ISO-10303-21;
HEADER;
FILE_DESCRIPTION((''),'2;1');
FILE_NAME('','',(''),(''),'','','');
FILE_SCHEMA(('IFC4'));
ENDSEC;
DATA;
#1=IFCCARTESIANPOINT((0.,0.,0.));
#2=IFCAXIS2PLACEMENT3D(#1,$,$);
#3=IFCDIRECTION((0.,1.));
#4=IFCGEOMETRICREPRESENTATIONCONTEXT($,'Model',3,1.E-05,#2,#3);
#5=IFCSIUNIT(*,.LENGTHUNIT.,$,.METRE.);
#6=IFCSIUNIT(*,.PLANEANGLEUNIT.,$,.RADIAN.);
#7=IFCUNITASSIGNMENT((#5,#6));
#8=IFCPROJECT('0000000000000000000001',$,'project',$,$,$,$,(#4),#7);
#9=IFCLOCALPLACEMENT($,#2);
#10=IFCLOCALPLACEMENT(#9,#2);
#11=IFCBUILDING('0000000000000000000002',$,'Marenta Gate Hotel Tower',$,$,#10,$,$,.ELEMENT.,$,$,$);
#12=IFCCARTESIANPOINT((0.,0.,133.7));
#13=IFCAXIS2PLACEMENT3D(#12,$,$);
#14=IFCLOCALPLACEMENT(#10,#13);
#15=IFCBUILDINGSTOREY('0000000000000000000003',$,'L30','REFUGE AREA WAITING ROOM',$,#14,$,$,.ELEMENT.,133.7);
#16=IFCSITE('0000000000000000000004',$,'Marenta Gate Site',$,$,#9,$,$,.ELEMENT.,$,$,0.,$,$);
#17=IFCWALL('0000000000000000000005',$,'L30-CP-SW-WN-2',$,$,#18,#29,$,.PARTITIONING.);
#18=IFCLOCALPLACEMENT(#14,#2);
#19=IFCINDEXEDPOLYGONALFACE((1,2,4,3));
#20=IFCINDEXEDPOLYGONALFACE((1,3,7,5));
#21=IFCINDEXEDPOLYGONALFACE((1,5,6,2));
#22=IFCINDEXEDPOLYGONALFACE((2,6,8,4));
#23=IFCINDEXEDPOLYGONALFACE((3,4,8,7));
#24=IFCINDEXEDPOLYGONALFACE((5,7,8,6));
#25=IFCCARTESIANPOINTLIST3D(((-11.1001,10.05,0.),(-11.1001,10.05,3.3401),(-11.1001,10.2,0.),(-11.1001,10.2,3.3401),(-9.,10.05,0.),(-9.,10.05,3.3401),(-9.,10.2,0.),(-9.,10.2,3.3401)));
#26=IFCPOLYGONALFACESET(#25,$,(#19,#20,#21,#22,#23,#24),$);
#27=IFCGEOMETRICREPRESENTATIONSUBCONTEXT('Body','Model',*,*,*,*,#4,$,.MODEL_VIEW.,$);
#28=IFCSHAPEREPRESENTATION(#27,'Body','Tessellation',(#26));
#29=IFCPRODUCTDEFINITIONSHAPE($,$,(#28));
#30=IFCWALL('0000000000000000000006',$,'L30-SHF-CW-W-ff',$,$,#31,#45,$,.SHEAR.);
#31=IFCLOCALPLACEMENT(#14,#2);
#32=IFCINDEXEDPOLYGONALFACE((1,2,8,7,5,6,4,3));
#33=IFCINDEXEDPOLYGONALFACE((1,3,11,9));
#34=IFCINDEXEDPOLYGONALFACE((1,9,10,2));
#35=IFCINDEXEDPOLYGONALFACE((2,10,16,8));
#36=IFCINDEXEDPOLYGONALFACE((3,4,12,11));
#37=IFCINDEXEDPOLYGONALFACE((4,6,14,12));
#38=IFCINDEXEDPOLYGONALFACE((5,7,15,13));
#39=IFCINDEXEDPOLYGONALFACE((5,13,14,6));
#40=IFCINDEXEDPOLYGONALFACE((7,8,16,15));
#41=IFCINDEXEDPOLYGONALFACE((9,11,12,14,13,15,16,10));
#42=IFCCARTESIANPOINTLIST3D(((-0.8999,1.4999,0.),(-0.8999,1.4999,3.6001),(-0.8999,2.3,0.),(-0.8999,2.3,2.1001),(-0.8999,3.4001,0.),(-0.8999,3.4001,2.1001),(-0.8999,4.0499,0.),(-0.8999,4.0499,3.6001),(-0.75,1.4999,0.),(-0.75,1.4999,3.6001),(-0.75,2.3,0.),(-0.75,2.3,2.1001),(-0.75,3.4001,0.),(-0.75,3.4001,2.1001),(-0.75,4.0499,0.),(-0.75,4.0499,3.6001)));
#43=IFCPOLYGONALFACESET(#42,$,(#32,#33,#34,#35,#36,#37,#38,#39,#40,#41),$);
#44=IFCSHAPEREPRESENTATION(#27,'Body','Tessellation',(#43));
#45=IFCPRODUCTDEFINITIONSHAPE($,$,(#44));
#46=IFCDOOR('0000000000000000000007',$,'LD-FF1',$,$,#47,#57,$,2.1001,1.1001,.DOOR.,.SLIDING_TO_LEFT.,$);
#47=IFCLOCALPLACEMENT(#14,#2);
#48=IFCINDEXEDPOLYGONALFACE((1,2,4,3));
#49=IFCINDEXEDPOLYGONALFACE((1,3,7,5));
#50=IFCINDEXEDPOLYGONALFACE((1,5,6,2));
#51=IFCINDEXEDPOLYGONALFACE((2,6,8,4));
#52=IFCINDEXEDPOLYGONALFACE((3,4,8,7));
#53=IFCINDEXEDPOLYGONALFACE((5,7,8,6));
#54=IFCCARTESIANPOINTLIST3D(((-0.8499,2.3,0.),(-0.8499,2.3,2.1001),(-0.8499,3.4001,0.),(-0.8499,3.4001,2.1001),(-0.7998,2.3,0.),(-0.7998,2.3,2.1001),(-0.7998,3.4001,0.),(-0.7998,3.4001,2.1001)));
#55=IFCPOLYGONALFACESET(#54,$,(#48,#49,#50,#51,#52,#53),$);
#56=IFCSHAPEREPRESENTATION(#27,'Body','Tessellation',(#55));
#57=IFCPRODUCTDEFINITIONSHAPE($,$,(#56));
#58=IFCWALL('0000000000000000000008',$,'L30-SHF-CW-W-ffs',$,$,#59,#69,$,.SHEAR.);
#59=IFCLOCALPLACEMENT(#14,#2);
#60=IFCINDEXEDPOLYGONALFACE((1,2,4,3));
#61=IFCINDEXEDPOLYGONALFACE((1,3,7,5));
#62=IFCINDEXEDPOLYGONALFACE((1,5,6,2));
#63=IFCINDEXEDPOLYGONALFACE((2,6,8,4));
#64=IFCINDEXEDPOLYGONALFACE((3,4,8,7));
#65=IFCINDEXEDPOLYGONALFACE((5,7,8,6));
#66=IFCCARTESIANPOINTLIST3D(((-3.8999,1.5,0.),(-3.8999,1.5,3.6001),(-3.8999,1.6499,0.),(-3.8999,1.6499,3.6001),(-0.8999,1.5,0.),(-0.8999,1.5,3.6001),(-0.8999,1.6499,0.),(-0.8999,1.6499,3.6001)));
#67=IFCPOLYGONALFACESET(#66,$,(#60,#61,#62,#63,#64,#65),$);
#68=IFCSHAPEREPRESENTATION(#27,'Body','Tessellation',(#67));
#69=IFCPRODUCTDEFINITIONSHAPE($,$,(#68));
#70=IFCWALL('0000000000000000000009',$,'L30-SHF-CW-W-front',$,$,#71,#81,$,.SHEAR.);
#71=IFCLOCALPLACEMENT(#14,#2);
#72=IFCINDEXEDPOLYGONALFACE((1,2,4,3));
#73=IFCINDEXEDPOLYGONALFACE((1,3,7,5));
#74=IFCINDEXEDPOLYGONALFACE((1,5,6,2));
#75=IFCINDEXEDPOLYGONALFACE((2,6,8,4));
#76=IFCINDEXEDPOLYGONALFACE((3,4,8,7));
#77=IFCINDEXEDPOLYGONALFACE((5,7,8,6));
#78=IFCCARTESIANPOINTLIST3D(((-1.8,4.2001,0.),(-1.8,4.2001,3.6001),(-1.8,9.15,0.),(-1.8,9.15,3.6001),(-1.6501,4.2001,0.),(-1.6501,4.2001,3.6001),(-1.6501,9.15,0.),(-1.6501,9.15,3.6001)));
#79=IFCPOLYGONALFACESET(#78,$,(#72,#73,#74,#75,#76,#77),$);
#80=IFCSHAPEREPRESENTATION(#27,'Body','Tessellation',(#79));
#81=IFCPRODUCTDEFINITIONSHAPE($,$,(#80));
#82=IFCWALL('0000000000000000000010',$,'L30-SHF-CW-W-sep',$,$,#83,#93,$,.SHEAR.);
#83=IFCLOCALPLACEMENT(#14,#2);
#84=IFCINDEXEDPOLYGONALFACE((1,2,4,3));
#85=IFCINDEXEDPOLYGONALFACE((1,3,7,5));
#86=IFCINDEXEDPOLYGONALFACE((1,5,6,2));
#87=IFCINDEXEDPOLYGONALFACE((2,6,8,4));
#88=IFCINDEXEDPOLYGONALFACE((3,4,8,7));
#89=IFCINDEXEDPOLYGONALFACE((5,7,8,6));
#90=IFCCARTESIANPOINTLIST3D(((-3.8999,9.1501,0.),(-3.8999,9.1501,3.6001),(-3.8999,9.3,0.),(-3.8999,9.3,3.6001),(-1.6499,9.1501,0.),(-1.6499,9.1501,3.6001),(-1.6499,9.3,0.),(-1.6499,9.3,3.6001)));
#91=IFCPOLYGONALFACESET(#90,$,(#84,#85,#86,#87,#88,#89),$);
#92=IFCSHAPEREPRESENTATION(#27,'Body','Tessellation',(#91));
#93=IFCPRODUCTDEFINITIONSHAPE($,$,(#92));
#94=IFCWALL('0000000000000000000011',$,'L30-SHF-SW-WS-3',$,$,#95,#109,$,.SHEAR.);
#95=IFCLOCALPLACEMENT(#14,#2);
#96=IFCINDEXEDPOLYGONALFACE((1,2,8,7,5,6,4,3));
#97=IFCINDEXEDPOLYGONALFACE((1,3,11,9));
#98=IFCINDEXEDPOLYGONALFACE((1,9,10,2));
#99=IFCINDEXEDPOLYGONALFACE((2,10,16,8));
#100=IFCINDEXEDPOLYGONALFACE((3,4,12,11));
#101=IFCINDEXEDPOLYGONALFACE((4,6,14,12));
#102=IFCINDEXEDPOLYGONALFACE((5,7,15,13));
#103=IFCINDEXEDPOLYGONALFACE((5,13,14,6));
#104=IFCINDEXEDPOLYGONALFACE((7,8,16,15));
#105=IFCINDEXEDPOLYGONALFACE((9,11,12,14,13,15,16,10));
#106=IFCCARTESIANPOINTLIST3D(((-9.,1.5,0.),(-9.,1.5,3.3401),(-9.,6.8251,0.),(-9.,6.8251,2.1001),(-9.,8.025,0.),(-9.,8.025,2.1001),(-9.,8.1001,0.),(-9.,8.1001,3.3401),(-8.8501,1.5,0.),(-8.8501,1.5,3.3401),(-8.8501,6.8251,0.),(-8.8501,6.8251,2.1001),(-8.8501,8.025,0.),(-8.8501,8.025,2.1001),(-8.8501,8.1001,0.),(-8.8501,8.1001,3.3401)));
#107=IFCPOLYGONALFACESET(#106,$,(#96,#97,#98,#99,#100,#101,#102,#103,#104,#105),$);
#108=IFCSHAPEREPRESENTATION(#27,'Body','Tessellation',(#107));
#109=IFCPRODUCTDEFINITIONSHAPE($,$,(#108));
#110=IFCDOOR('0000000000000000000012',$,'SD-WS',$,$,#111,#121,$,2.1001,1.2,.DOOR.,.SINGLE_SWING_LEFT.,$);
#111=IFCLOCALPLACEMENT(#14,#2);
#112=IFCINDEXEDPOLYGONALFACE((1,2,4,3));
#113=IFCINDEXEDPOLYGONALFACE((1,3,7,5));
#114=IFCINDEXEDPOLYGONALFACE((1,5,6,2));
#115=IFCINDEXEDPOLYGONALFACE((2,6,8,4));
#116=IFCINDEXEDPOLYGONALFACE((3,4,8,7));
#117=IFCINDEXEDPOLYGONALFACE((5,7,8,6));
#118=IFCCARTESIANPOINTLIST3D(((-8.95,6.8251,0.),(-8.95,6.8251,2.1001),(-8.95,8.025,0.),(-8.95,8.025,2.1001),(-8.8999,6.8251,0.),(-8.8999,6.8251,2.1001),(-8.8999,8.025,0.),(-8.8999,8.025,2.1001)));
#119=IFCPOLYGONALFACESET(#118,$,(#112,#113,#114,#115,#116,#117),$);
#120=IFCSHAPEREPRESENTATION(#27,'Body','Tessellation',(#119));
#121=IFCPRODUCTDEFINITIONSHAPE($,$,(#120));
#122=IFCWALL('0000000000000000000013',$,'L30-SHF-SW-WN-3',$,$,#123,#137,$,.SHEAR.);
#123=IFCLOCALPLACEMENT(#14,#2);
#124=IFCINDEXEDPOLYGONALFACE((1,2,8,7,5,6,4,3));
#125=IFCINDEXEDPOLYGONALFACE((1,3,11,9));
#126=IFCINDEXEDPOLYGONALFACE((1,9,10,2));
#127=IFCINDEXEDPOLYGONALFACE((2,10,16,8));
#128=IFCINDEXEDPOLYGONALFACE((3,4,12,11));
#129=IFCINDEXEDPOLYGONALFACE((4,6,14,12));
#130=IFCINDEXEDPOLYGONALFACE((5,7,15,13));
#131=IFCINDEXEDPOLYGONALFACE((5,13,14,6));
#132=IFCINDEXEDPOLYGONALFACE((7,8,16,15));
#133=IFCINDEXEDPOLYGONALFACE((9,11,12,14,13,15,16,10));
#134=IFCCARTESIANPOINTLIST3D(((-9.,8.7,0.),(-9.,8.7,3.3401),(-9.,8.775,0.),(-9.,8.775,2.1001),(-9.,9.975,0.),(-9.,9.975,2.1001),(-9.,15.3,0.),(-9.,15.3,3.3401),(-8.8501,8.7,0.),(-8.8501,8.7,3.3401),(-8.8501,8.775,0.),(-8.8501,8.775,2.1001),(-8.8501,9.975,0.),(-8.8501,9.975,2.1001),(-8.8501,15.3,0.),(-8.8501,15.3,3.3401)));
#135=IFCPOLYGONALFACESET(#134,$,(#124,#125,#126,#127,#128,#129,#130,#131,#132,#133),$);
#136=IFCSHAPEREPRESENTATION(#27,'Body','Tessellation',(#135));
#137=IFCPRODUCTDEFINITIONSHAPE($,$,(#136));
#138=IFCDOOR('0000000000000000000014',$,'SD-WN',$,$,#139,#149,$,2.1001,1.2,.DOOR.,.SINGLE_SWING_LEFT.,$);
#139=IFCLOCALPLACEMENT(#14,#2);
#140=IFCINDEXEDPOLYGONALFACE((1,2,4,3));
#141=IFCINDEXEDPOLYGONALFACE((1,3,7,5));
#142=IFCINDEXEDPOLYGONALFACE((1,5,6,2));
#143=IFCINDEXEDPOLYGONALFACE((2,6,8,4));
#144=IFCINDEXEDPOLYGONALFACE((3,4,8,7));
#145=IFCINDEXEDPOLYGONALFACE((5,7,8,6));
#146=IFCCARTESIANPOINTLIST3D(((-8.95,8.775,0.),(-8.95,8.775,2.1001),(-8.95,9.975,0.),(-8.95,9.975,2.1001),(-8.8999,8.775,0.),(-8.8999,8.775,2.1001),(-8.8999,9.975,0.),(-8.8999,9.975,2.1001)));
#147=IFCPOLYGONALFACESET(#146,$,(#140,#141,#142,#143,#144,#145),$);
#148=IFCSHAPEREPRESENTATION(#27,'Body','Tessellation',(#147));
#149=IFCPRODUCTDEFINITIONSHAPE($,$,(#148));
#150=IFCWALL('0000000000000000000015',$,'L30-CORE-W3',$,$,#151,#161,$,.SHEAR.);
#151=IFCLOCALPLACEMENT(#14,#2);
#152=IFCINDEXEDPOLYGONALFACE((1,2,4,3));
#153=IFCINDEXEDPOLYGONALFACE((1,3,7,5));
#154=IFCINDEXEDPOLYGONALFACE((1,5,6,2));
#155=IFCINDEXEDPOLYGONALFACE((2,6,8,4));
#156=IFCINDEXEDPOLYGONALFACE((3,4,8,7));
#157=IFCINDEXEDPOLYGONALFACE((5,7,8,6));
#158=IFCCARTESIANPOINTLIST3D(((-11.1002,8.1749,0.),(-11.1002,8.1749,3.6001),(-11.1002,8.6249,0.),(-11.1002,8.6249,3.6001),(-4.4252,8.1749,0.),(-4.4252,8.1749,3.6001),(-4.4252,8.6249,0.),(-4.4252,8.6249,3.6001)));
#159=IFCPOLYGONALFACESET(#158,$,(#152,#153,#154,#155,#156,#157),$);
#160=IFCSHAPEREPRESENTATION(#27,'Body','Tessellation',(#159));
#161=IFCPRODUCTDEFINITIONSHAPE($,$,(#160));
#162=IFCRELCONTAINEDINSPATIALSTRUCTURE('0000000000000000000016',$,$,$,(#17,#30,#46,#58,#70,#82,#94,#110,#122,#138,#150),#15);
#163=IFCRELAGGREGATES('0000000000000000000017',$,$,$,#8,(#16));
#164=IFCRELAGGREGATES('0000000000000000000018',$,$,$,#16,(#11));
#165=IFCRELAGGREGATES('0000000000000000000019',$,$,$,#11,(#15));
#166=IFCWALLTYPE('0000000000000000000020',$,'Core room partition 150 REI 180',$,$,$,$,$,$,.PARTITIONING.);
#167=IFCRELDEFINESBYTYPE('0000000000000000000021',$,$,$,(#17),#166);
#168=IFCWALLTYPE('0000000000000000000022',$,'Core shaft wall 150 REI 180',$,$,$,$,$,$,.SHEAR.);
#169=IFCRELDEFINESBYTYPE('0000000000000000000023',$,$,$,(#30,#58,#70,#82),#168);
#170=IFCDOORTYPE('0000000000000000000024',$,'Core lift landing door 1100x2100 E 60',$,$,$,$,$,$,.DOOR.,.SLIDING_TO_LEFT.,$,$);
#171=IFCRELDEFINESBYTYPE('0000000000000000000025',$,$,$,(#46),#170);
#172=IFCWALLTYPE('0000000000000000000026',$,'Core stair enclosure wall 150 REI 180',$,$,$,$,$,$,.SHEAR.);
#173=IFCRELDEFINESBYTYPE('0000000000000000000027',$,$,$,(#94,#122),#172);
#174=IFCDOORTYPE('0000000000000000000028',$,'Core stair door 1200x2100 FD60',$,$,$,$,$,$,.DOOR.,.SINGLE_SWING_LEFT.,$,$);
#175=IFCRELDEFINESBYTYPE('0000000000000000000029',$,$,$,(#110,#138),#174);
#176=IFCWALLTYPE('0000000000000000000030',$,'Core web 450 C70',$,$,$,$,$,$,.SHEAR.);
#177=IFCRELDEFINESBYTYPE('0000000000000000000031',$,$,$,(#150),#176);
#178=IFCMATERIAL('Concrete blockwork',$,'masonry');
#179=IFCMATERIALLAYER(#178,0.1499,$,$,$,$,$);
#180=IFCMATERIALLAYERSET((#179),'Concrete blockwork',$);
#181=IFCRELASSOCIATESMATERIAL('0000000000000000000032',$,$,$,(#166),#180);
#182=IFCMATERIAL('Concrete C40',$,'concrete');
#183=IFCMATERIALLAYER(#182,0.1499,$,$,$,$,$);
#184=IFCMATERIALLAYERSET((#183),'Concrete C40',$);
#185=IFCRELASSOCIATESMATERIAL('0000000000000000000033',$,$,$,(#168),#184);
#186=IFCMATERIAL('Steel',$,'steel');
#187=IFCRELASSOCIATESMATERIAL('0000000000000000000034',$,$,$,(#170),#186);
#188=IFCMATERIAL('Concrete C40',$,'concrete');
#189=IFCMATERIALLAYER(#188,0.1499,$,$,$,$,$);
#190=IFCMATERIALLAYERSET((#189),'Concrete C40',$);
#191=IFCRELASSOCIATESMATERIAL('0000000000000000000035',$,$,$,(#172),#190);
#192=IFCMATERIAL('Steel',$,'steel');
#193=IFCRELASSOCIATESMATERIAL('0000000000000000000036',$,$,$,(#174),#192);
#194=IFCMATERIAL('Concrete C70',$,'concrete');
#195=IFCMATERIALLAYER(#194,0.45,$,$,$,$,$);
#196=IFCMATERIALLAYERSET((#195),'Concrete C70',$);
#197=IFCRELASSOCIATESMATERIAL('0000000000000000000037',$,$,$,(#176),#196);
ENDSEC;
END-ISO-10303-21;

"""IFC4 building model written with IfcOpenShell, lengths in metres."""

from ifc_helpers import new_model, si_unit, direction, frame, frame_2d, origin, place, context, subcontext, project, spatial, rectangle, extrude, material, layer, layer_set, type_object, element, fill, save


model = new_model("IFC4")

# Units and contexts
model_context = context("Model", 3, precision=1e-05, world=origin(), true_north=direction((0.0, 1.0)))
body_context = subcontext(model_context, "Body", "Model", "MODEL_VIEW")
ifc_project = project(units=[si_unit("LENGTHUNIT", "METRE"), si_unit("PLANEANGLEUNIT", "RADIAN")], contexts=[model_context])

# Site, building, storey
site_placement = place(None, origin())
site = spatial("IfcSite", under=ifc_project, at=site_placement, Name="Marenta Gate Site", CompositionType="ELEMENT", RefElevation=0.0)
building_placement = place(site_placement, origin())
building = spatial("IfcBuilding", under=site, at=building_placement, Name="Marenta Gate Hotel Tower", CompositionType="ELEMENT")
storey_placement = place(building_placement, frame((0.0, 0.0, 133.7)))
storey = spatial("IfcBuildingStorey", under=building, at=storey_placement, Name="L30", Description="REFUGE AREA WAITING ROOM", CompositionType="ELEMENT", Elevation=133.7)

# Wall
ifc_material_1 = material(Name="Concrete blockwork", Category="masonry")
ifc_layer_1 = layer(ifc_material_1, 0.1499)
ifc_layer_set_1 = layer_set([ifc_layer_1], Name="Concrete blockwork")
wall_type_1 = type_object("IfcWallType", Name="Core room partition 150 REI 180", PredefinedType="PARTITIONING", material=ifc_layer_set_1)
wall_1_placement = place(storey_placement, frame((-11.1001, 10.125, 0.0), z_axis=(0.0, 0.0, 1.0), x_axis=(1.0, 0.0, 0.0)))
element("IfcWall", 1, at=wall_1_placement, inside=storey, type_object=wall_type_1, Name="L30-CP-SW-WN-2", PredefinedType="PARTITIONING", context=body_context, shape_type="SweptSolid", body=[
    extrude(rectangle(XDim=2.1001, YDim=0.1499, at=frame_2d((1.05, 0.0))), origin(), (0.0, 0.0, 1.0), 3.3401),
])

# Wall, opening, door
ifc_material_2 = material(Name="Concrete C40", Category="concrete")
ifc_layer_2 = layer(ifc_material_2, 0.1499)
ifc_layer_set_2 = layer_set([ifc_layer_2], Name="Concrete C40")
wall_type_2 = type_object("IfcWallType", Name="Core shaft wall 150 REI 180", PredefinedType="SHEAR", material=ifc_layer_set_2)
wall_2_placement = place(storey_placement, frame((-0.825, 1.5, 0.0), z_axis=(0.0, 0.0, 1.0), x_axis=(0.0, 1.0, 0.0)))
wall_2 = element("IfcWall", 2, at=wall_2_placement, inside=storey, type_object=wall_type_2, Name="L30-SHF-CW-W-ff", PredefinedType="SHEAR", context=body_context, shape_type="SweptSolid", body=[
    extrude(rectangle(XDim=2.55, YDim=0.1499, at=frame_2d((1.2749, 0.0))), origin(), (0.0, 0.0, 1.0), 3.6001),
])
opening_1_placement = place(wall_2_placement, frame((0.8, 0.0, 0.0)))
opening_1 = element("IfcOpeningElement", 3, at=opening_1_placement, cuts=wall_2, PredefinedType="OPENING", context=body_context, shape_type="SweptSolid", body=[
    extrude(rectangle(XDim=1.1001, YDim=2.1001, at=frame_2d((0.55, 1.05))), frame((0.0, 0.075, 0.0), z_axis=(0.0, -1.0, 0.0), x_axis=(1.0, 0.0, 0.0)), (0.0, 0.0, 1.0), 0.1499),
])
ifc_material_3 = material(Name="Steel", Category="steel")
door_type_1 = type_object("IfcDoorType", Name="Core lift landing door 1100x2100 E 60", OperationType="SLIDING_TO_LEFT", PredefinedType="DOOR", material=ifc_material_3)
door_1_placement = place(opening_1_placement, origin())
door_1 = element("IfcDoor", 4, at=door_1_placement, inside=storey, type_object=door_type_1, Name="LD-FF1", OperationType="SLIDING_TO_LEFT", OverallHeight=2.1001, OverallWidth=1.1001, PredefinedType="DOOR", context=body_context, shape_type="SweptSolid", body=[
    extrude(rectangle(XDim=1.1001, YDim=2.1001, at=frame_2d((0.55, 1.05))), frame((0.0, 0.0249, 0.0), z_axis=(0.0, -1.0, 0.0), x_axis=(1.0, 0.0, 0.0)), (0.0, 0.0, 1.0), 0.05),
])
fill(opening_1, door_1)

# Walls
wall_3_placement = place(storey_placement, frame((-3.8999, 1.575, 0.0), z_axis=(0.0, 0.0, 1.0), x_axis=(1.0, 0.0, 0.0)))
element("IfcWall", 5, at=wall_3_placement, inside=storey, type_object=wall_type_2, Name="L30-SHF-CW-W-ffs", PredefinedType="SHEAR", context=body_context, shape_type="SweptSolid", body=[
    extrude(rectangle(XDim=3.0, YDim=0.1499, at=frame_2d((1.5, 0.0))), origin(), (0.0, 0.0, 1.0), 3.6001),
])
wall_4_placement = place(storey_placement, frame((-1.7251, 4.2, 0.0), z_axis=(0.0, 0.0, 1.0), x_axis=(0.0, 1.0, 0.0)))
element("IfcWall", 6, at=wall_4_placement, inside=storey, type_object=wall_type_2, Name="L30-SHF-CW-W-front", PredefinedType="SHEAR", context=body_context, shape_type="SweptSolid", body=[
    extrude(rectangle(XDim=4.95, YDim=0.1499, at=frame_2d((2.4751, 0.0))), origin(), (0.0, 0.0, 1.0), 3.6001),
])
wall_5_placement = place(storey_placement, frame((-3.8999, 9.2251, 0.0), z_axis=(0.0, 0.0, 1.0), x_axis=(1.0, 0.0, 0.0)))
element("IfcWall", 7, at=wall_5_placement, inside=storey, type_object=wall_type_2, Name="L30-SHF-CW-W-sep", PredefinedType="SHEAR", context=body_context, shape_type="SweptSolid", body=[
    extrude(rectangle(XDim=2.25, YDim=0.1499, at=frame_2d((1.125, 0.0))), origin(), (0.0, 0.0, 1.0), 3.6001),
])

# Walls, openings, doors
ifc_material_4 = material(Name="Concrete C40", Category="concrete")
ifc_layer_3 = layer(ifc_material_4, 0.1499)
ifc_layer_set_3 = layer_set([ifc_layer_3], Name="Concrete C40")
wall_type_3 = type_object("IfcWallType", Name="Core stair enclosure wall 150 REI 180", PredefinedType="SHEAR", material=ifc_layer_set_3)
wall_6_placement = place(storey_placement, frame((-8.925, 1.5, 0.0), z_axis=(0.0, 0.0, 1.0), x_axis=(0.0, 1.0, 0.0)))
wall_6 = element("IfcWall", 8, at=wall_6_placement, inside=storey, type_object=wall_type_3, Name="L30-SHF-SW-WS-3", PredefinedType="SHEAR", context=body_context, shape_type="SweptSolid", body=[
    extrude(rectangle(XDim=6.6001, YDim=0.1499, at=frame_2d((3.3, 0.0))), origin(), (0.0, 0.0, 1.0), 3.3401),
])
opening_2_placement = place(wall_6_placement, frame((5.325, 0.0, 0.0)))
opening_2 = element("IfcOpeningElement", 9, at=opening_2_placement, cuts=wall_6, PredefinedType="OPENING", context=body_context, shape_type="SweptSolid", body=[
    extrude(rectangle(XDim=1.2, YDim=2.1001, at=frame_2d((0.6001, 1.05))), frame((0.0, 0.075, 0.0), z_axis=(0.0, -1.0, 0.0), x_axis=(1.0, 0.0, 0.0)), (0.0, 0.0, 1.0), 0.1499),
])
ifc_material_5 = material(Name="Steel", Category="steel")
door_type_2 = type_object("IfcDoorType", Name="Core stair door 1200x2100 FD60", OperationType="SINGLE_SWING_LEFT", PredefinedType="DOOR", material=ifc_material_5)
door_2_placement = place(opening_2_placement, origin())
door_2 = element("IfcDoor", 10, at=door_2_placement, inside=storey, type_object=door_type_2, Name="SD-WS", OperationType="SINGLE_SWING_LEFT", OverallHeight=2.1001, OverallWidth=1.2, PredefinedType="DOOR", context=body_context, shape_type="SweptSolid", body=[
    extrude(rectangle(XDim=1.2, YDim=2.1001, at=frame_2d((0.6001, 1.05))), frame((0.0, 0.0249, 0.0), z_axis=(0.0, -1.0, 0.0), x_axis=(1.0, 0.0, 0.0)), (0.0, 0.0, 1.0), 0.05),
])
fill(opening_2, door_2)
wall_7_placement = place(storey_placement, frame((-8.925, 8.7, 0.0), z_axis=(0.0, 0.0, 1.0), x_axis=(0.0, 1.0, 0.0)))
wall_7 = element("IfcWall", 11, at=wall_7_placement, inside=storey, type_object=wall_type_3, Name="L30-SHF-SW-WN-3", PredefinedType="SHEAR", context=body_context, shape_type="SweptSolid", body=[
    extrude(rectangle(XDim=6.6001, YDim=0.1499, at=frame_2d((3.3, 0.0))), origin(), (0.0, 0.0, 1.0), 3.3401),
])
opening_3_placement = place(wall_7_placement, frame((0.075, 0.0, 0.0)))
opening_3 = element("IfcOpeningElement", 12, at=opening_3_placement, cuts=wall_7, PredefinedType="OPENING", context=body_context, shape_type="SweptSolid", body=[
    extrude(rectangle(XDim=1.2, YDim=2.1001, at=frame_2d((0.6001, 1.05))), frame((0.0, 0.075, 0.0), z_axis=(0.0, -1.0, 0.0), x_axis=(1.0, 0.0, 0.0)), (0.0, 0.0, 1.0), 0.1499),
])
door_3_placement = place(opening_3_placement, origin())
door_3 = element("IfcDoor", 13, at=door_3_placement, inside=storey, type_object=door_type_2, Name="SD-WN", OperationType="SINGLE_SWING_LEFT", OverallHeight=2.1001, OverallWidth=1.2, PredefinedType="DOOR", context=body_context, shape_type="SweptSolid", body=[
    extrude(rectangle(XDim=1.2, YDim=2.1001, at=frame_2d((0.6001, 1.05))), frame((0.0, 0.0249, 0.0), z_axis=(0.0, -1.0, 0.0), x_axis=(1.0, 0.0, 0.0)), (0.0, 0.0, 1.0), 0.05),
])
fill(opening_3, door_3)
ifc_material_6 = material(Name="Concrete C70", Category="concrete")
ifc_layer_4 = layer(ifc_material_6, 0.45)
ifc_layer_set_4 = layer_set([ifc_layer_4], Name="Concrete C70")
wall_type_4 = type_object("IfcWallType", Name="Core web 450 C70", PredefinedType="SHEAR", material=ifc_layer_set_4)

# Wall
wall_8_placement = place(storey_placement, frame((-11.1001, 8.3999, 0.0), z_axis=(0.0, 0.0, 1.0), x_axis=(1.0, 0.0, 0.0)))
element("IfcWall", 14, at=wall_8_placement, inside=storey, type_object=wall_type_4, Name="L30-CORE-W3", PredefinedType="SHEAR", context=body_context, shape_type="SweptSolid", body=[
    extrude(rectangle(XDim=6.675, YDim=0.45, at=frame_2d((3.3374, 0.0))), origin(), (0.0, 0.0, 1.0), 3.6001),
])

save(model, "model.ifc")
